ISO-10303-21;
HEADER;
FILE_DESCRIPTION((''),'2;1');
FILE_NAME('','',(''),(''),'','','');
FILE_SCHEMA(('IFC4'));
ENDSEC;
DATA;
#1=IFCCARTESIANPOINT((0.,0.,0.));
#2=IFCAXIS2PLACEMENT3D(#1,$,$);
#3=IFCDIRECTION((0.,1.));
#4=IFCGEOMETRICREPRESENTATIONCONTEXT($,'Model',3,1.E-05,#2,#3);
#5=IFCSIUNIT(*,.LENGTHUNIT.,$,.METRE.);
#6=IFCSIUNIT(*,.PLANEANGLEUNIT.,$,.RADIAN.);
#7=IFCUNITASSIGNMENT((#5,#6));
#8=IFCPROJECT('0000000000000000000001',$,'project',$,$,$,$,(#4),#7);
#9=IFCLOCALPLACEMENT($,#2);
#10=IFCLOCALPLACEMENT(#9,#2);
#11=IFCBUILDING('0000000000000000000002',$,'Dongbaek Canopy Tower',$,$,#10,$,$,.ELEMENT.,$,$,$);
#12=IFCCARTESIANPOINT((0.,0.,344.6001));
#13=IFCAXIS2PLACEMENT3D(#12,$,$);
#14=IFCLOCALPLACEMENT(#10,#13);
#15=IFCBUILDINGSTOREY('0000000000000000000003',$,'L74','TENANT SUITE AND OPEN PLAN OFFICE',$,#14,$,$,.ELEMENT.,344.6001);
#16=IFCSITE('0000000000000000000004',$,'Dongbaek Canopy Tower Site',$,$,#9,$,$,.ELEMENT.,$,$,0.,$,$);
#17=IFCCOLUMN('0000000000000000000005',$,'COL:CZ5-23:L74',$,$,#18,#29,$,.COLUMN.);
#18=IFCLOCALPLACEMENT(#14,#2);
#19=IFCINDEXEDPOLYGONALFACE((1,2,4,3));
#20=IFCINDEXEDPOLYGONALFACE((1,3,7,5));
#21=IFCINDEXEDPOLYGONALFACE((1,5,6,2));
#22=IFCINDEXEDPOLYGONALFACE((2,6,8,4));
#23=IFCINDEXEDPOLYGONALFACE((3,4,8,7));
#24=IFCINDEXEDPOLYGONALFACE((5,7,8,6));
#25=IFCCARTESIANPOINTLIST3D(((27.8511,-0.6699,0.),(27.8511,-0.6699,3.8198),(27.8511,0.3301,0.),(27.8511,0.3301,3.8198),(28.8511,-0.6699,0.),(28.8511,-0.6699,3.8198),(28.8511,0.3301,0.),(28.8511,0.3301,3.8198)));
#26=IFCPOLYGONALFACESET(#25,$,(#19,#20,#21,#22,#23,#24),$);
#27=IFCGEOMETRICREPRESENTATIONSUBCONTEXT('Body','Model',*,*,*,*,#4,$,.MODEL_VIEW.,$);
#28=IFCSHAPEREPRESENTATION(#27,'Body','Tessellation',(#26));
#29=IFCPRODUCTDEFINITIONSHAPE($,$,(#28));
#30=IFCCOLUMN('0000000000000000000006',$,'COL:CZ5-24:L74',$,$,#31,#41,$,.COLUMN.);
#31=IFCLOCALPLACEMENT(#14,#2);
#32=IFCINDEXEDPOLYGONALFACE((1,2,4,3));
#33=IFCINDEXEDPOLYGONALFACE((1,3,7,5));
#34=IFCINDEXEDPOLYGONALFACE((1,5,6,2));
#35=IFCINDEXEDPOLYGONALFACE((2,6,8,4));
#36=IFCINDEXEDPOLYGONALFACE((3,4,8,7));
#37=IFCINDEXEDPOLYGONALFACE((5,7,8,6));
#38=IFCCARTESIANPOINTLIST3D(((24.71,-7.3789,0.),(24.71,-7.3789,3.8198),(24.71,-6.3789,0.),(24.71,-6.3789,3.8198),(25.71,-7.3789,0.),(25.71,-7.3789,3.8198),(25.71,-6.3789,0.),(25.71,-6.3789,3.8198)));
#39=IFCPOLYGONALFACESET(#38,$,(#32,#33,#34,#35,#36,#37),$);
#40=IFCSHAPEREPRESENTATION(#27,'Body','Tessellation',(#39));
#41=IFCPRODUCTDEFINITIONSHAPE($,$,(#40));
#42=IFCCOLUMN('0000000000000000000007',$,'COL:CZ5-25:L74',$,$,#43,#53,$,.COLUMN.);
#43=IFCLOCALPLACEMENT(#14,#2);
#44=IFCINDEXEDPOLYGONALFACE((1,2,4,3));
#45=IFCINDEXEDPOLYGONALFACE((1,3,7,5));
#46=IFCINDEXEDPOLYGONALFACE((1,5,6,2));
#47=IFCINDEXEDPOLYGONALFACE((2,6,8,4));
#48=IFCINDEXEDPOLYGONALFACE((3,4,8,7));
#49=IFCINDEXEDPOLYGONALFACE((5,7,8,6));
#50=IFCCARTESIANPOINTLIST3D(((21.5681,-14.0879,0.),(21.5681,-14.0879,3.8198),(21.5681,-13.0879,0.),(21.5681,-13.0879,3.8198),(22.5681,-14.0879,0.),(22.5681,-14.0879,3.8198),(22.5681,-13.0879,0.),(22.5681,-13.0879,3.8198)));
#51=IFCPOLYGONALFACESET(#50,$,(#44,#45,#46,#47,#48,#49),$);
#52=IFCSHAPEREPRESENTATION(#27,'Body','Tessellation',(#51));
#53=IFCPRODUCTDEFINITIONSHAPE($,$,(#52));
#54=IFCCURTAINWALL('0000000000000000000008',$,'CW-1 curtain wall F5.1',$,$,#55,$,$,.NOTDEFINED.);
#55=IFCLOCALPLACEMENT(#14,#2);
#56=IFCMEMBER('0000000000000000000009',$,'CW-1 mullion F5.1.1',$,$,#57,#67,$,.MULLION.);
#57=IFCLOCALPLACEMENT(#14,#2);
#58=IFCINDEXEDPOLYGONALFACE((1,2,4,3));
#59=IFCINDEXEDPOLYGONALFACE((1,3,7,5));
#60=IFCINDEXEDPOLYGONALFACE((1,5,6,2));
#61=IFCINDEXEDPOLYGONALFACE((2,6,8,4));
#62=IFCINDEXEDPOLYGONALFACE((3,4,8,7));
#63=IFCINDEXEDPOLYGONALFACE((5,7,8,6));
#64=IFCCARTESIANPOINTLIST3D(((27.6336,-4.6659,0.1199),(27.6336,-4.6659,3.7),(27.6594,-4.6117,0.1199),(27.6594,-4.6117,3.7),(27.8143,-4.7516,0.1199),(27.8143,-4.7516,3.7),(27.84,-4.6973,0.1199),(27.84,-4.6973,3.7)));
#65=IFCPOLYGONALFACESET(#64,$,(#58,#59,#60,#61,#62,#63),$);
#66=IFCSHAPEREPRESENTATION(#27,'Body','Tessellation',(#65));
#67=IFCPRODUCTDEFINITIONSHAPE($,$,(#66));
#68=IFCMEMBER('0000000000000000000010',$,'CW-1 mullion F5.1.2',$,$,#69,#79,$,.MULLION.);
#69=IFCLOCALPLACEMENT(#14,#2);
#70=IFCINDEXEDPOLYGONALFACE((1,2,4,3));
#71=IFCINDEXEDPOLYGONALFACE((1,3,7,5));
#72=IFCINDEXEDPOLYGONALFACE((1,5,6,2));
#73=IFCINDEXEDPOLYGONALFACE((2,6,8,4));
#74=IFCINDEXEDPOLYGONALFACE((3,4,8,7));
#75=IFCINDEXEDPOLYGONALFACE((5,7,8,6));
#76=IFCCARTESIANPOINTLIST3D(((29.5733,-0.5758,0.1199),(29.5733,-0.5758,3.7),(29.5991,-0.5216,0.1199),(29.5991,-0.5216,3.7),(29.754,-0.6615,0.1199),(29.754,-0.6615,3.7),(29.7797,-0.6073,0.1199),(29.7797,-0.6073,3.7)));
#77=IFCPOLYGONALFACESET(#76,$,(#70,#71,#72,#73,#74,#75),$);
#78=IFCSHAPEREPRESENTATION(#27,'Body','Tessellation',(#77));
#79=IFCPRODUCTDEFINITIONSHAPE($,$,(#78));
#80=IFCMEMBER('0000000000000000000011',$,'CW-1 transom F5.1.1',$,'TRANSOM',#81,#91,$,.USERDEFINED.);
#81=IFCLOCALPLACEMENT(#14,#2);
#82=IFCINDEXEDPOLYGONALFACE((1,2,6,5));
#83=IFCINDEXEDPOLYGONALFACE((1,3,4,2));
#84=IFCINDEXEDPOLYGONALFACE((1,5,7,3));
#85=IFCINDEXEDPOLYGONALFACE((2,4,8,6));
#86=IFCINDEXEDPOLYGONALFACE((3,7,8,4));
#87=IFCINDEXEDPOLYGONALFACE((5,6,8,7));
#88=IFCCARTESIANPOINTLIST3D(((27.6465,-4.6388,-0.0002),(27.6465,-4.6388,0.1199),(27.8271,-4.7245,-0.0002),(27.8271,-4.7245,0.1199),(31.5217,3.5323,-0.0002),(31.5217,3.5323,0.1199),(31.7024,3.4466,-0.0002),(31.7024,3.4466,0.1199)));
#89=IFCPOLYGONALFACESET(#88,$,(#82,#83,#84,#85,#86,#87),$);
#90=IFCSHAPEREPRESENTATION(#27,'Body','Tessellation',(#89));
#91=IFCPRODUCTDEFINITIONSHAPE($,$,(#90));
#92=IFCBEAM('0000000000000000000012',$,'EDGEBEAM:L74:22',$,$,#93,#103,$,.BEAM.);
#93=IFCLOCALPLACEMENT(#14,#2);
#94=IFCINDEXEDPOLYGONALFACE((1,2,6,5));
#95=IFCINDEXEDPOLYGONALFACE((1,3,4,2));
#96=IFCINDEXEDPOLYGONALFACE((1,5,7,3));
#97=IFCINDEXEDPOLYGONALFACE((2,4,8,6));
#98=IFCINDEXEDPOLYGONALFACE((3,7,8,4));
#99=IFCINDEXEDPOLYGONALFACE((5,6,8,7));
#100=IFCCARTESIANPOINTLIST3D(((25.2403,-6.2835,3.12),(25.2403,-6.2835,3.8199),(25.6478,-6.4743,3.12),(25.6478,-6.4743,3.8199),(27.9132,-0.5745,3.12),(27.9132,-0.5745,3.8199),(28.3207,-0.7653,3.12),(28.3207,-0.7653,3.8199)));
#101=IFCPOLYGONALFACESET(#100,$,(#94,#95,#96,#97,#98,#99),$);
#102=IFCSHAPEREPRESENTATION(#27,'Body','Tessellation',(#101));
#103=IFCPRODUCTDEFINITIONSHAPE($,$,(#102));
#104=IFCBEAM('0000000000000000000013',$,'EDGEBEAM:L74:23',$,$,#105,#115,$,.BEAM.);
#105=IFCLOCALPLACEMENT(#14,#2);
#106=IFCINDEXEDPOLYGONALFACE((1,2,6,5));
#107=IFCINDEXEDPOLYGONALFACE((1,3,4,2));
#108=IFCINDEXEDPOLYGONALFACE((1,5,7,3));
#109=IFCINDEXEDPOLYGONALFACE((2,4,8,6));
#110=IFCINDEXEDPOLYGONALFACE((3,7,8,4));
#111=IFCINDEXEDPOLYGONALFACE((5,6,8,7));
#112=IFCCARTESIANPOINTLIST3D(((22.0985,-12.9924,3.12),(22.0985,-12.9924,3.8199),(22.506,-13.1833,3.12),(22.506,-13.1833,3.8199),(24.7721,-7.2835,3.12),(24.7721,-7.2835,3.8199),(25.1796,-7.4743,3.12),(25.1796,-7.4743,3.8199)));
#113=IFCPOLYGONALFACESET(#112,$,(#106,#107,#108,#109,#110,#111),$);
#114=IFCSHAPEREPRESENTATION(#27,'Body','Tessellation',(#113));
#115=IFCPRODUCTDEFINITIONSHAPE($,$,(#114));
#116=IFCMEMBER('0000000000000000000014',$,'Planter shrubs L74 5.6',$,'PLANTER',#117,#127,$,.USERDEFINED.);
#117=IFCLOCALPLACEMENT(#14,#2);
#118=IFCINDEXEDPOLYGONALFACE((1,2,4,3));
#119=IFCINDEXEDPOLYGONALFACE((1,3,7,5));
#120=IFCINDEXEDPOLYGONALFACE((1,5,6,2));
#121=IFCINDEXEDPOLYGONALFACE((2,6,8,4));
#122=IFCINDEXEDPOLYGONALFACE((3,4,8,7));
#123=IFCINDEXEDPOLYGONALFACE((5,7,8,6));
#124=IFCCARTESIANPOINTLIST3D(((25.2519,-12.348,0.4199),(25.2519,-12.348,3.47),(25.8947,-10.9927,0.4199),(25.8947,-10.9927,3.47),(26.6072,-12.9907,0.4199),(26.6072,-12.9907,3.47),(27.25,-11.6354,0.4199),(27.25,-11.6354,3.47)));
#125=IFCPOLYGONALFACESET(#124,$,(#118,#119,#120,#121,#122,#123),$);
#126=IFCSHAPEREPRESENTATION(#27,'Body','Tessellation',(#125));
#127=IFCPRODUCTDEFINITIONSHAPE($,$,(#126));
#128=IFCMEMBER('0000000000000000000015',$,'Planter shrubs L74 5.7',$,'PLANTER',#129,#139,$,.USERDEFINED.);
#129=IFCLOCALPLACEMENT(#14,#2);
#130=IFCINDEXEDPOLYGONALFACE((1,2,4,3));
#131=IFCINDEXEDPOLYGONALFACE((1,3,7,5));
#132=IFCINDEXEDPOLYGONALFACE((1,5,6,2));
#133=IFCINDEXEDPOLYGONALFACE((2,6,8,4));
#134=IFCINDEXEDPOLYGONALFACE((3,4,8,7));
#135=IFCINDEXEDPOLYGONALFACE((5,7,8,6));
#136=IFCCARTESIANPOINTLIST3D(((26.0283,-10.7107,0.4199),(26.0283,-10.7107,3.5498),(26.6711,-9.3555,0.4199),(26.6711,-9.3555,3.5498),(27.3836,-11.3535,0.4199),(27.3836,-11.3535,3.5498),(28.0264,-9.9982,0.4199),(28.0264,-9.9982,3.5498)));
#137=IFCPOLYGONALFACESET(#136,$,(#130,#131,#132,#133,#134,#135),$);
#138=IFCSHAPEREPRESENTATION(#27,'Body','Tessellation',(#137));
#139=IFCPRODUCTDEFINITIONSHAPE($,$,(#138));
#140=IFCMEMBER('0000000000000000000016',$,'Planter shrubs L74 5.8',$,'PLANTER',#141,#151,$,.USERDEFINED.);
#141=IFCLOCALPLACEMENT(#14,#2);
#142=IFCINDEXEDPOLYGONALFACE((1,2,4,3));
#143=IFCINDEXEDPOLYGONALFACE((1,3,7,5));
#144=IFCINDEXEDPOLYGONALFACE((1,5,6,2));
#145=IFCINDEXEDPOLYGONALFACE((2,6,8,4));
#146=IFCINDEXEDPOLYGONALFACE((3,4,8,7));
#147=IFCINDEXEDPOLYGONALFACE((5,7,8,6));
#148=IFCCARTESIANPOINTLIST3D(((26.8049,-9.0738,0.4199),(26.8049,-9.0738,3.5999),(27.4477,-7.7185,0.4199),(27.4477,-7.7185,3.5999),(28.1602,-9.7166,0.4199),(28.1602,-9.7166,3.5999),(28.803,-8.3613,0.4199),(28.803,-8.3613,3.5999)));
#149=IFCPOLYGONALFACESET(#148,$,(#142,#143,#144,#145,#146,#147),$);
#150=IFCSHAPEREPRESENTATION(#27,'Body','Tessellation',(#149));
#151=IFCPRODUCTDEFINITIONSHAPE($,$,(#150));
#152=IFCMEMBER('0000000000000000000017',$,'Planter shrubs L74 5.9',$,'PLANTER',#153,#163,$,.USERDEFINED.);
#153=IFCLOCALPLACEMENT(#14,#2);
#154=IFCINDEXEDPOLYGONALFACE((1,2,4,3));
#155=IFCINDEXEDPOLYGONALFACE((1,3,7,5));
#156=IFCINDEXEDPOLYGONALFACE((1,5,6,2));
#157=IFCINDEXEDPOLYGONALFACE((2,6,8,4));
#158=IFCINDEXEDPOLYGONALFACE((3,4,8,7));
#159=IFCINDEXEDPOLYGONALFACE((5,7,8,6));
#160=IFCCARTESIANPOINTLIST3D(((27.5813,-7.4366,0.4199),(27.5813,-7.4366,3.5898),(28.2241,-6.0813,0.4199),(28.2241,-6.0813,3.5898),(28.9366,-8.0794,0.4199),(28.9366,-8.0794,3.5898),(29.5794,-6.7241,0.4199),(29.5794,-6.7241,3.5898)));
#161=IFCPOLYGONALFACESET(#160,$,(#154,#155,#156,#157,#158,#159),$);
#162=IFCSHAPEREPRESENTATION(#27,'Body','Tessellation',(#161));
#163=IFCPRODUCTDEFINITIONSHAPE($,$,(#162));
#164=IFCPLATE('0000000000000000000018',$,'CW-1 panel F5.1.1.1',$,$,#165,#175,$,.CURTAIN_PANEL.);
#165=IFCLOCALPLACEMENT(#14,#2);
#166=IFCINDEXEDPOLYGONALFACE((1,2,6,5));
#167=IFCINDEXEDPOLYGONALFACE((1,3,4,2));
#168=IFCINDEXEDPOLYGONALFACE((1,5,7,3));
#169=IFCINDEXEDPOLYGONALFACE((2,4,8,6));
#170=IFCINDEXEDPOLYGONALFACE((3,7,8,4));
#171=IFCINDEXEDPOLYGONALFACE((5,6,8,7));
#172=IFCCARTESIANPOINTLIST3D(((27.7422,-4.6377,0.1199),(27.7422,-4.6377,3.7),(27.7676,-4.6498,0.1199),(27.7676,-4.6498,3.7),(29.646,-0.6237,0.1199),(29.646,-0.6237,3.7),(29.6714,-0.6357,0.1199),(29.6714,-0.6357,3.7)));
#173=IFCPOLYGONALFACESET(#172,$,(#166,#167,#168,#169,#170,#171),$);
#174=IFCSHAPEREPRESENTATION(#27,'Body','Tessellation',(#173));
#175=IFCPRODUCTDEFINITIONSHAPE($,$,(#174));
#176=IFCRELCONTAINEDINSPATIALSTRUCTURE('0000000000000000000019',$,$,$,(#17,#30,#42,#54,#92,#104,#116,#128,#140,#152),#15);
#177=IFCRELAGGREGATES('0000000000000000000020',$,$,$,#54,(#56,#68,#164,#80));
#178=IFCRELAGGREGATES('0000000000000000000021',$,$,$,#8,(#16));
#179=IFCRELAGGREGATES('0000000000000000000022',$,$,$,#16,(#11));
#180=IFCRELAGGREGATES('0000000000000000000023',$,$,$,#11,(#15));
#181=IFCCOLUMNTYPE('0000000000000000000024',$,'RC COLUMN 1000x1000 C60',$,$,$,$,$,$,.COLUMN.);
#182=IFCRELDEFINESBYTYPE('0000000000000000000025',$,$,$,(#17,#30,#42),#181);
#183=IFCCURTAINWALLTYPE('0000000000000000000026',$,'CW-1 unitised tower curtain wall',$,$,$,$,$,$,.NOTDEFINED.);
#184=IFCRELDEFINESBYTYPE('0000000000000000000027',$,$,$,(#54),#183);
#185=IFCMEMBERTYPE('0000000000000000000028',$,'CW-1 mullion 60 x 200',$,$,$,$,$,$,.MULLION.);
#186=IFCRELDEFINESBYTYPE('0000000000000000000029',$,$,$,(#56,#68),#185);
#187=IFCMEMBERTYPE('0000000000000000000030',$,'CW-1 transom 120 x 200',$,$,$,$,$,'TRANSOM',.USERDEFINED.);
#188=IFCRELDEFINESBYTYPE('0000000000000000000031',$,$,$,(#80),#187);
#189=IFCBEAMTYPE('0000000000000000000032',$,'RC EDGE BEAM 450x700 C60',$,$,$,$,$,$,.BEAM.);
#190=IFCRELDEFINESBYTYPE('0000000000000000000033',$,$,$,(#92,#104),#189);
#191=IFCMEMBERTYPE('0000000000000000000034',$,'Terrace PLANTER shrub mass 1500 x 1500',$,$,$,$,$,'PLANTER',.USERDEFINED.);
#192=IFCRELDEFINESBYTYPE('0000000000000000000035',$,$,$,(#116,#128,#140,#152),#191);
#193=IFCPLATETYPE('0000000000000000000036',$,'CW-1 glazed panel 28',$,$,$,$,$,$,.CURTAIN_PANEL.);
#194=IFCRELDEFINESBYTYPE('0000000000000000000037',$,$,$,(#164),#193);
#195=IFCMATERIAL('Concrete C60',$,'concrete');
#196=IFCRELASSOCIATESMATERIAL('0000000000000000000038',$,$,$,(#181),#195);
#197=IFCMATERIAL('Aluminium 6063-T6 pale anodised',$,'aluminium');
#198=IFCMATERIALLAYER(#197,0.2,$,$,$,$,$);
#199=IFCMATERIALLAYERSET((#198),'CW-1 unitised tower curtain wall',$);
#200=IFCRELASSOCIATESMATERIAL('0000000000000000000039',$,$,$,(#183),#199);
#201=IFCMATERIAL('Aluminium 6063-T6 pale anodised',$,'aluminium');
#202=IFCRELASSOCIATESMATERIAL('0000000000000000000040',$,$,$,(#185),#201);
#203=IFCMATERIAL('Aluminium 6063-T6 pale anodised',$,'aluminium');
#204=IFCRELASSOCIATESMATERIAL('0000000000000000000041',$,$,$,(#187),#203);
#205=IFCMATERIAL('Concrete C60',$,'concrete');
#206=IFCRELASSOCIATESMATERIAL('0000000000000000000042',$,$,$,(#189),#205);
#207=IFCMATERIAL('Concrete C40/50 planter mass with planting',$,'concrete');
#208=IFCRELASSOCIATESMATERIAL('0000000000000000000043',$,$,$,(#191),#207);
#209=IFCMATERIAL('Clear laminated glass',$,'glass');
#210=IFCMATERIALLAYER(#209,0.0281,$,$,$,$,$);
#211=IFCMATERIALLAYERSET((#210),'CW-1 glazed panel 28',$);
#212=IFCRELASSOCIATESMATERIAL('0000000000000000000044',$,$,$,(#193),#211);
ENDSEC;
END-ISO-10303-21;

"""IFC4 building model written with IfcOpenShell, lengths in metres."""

from ifc_helpers import new_model, si_unit, direction, frame, origin, origin_2d, place, context, subcontext, project, spatial, rectangle, extrude, material, layer, layer_set, material_profile, profile_set, type_object, element, aggregate, save


model = new_model("IFC4")

# Units and contexts
model_context = context("Model", 3, precision=1e-05, world=origin(), true_north=direction((0.0, 1.0)))
body_context = subcontext(model_context, "Body", "Model", "MODEL_VIEW")
ifc_project = project(units=[si_unit("LENGTHUNIT", "METRE"), si_unit("PLANEANGLEUNIT", "RADIAN")], contexts=[model_context])

# Site, building, storey
site_placement = place(None, origin())
site = spatial("IfcSite", under=ifc_project, at=site_placement, Name="Dongbaek Canopy Tower Site", CompositionType="ELEMENT", RefElevation=0.0)
building_placement = place(site_placement, origin())
building = spatial("IfcBuilding", under=site, at=building_placement, Name="Dongbaek Canopy Tower", CompositionType="ELEMENT")
storey_placement = place(building_placement, frame((0.0, 0.0, 344.6001)))
storey = spatial("IfcBuildingStorey", under=building, at=storey_placement, Name="L74", Description="TENANT SUITE AND OPEN PLAN OFFICE", CompositionType="ELEMENT", Elevation=344.6001)

# Columns
ifc_material_1 = material(Name="Concrete C60", Category="concrete")
ifc_material_profile_1 = material_profile(ifc_material_1, rectangle(XDim=1.0, YDim=1.0, at=origin_2d()), Name="RC COLUMN 1000x1000 C60")
ifc_profile_set_1 = profile_set([ifc_material_profile_1], Name="Concrete C60")
column_type = type_object("IfcColumnType", Name="RC COLUMN 1000x1000 C60", PredefinedType="COLUMN", material=ifc_profile_set_1)
for number, where, z_axis, x_axis, name in (
    (1, (28.3511, -0.1699, 0.0), (0.0, 0.0, 1.0), (1.0, 0.0, 0.0), "COL:CZ5-23:L74"),
    (2, (25.21, -6.8789, 0.0), (0.0, 0.0, 1.0), (1.0, 0.0, 0.0), "COL:CZ5-24:L74"),
    (3, (22.0681, -13.5879, 0.0), (0.0, 0.0, 1.0), (1.0, 0.0, 0.0), "COL:CZ5-25:L74"),
):
    element("IfcColumn", number, at=place(storey_placement, frame(where, z_axis=z_axis, x_axis=x_axis)), inside=storey, type_object=column_type, Name=name, PredefinedType="COLUMN", context=body_context, shape_type="SweptSolid", body=[
        extrude(rectangle(XDim=1.0, YDim=1.0, at=origin_2d()), origin(), (0.0, 0.0, 1.0), 3.8198),
    ])

# Curtain wall, members
ifc_material_2 = material(Name="Aluminium 6063-T6 pale anodised", Category="aluminium")
ifc_layer_1 = layer(ifc_material_2, 0.2)
ifc_layer_set_1 = layer_set([ifc_layer_1], Name="CW-1 unitised tower curtain wall")
curtain_wall_type = type_object("IfcCurtainWallType", Name="CW-1 unitised tower curtain wall", PredefinedType="NOTDEFINED", material=ifc_layer_set_1)
curtain_wall_placement = place(storey_placement, origin())
curtain_wall = element("IfcCurtainWall", 4, at=curtain_wall_placement, inside=storey, type_object=curtain_wall_type, Name="CW-1 curtain wall F5.1", PredefinedType="NOTDEFINED")
ifc_material_3 = material(Name="Aluminium 6063-T6 pale anodised", Category="aluminium")
ifc_material_profile_2 = material_profile(ifc_material_3, rectangle(XDim=0.2, YDim=0.0601, at=origin_2d()), Name="CW-1 mullion 60 x 200")
ifc_profile_set_2 = profile_set([ifc_material_profile_2], Name="Aluminium 6063-T6 pale anodised")
member_type_1 = type_object("IfcMemberType", Name="CW-1 mullion 60 x 200", PredefinedType="MULLION", material=ifc_profile_set_2)
member_1_placement = place(storey_placement, frame((27.7368, -4.6816, 0.1199), z_axis=(0.0, 0.0, 1.0), x_axis=(0.903531, -0.428522, 0.0)))
member_1 = element("IfcMember", 5, at=member_1_placement, type_object=member_type_1, Name="CW-1 mullion F5.1.1", PredefinedType="MULLION", context=body_context, shape_type="SweptSolid", body=[
    extrude(rectangle(XDim=0.2, YDim=0.0601, at=origin_2d()), origin(), (0.0, 0.0, 1.0), 3.5801),
])
member_2_placement = place(storey_placement, frame((29.6765, -0.5916, 0.1199), z_axis=(0.0, 0.0, 1.0), x_axis=(0.903531, -0.428522, 0.0)))
member_2 = element("IfcMember", 6, at=member_2_placement, type_object=member_type_1, Name="CW-1 mullion F5.1.2", PredefinedType="MULLION", context=body_context, shape_type="SweptSolid", body=[
    extrude(rectangle(XDim=0.2, YDim=0.0601, at=origin_2d()), origin(), (0.0, 0.0, 1.0), 3.5801),
])
ifc_material_4 = material(Name="Aluminium 6063-T6 pale anodised", Category="aluminium")
ifc_material_profile_3 = material_profile(ifc_material_4, rectangle(XDim=0.2, YDim=0.1201, at=origin_2d()), Name="CW-1 transom 120 x 200")
ifc_profile_set_3 = profile_set([ifc_material_profile_3], Name="Aluminium 6063-T6 pale anodised")
member_type_2 = type_object("IfcMemberType", Name="CW-1 transom 120 x 200", ElementType="TRANSOM", PredefinedType="USERDEFINED", material=ifc_profile_set_3)
member_3_placement = place(storey_placement, frame((27.7368, -4.6816, 0.0598), z_axis=(0.428511, 0.903537, 0.0), x_axis=(-0.903537, 0.428511, 0.0)))
member_3 = element("IfcMember", 7, at=member_3_placement, type_object=member_type_2, Name="CW-1 transom F5.1.1", ObjectType="TRANSOM", PredefinedType="USERDEFINED", context=body_context, shape_type="SweptSolid", body=[
    extrude(rectangle(XDim=0.2, YDim=0.1201, at=origin_2d()), origin(), (0.0, 0.0, 1.0), 9.0435),
])

# Beams
ifc_material_5 = material(Name="Concrete C60", Category="concrete")
ifc_material_profile_4 = material_profile(ifc_material_5, rectangle(XDim=0.45, YDim=0.7, at=origin_2d()), Name="RC EDGE BEAM 450x700 C60")
ifc_profile_set_4 = profile_set([ifc_material_profile_4], Name="Concrete C60")
beam_type = type_object("IfcBeamType", Name="RC EDGE BEAM 450x700 C60", PredefinedType="BEAM", material=ifc_profile_set_4)
beam_1_placement = place(storey_placement, frame((28.1169, -0.6699, 3.47), z_axis=(-0.424013, -0.905656, 0.0), x_axis=(0.905656, -0.424013, 0.0)))
element("IfcBeam", 8, at=beam_1_placement, inside=storey, type_object=beam_type, Name="EDGEBEAM:L74:22", PredefinedType="BEAM", context=body_context, shape_type="SweptSolid", body=[
    extrude(rectangle(XDim=0.45, YDim=0.7, at=origin_2d()), origin(), (0.0, 0.0, 1.0), 6.3037),
])
beam_2_placement = place(storey_placement, frame((24.9758, -7.3789, 3.47), z_axis=(-0.424108, -0.905611, 0.0), x_axis=(0.905611, -0.424108, 0.0)))
element("IfcBeam", 9, at=beam_2_placement, inside=storey, type_object=beam_type, Name="EDGEBEAM:L74:23", PredefinedType="BEAM", context=body_context, shape_type="SweptSolid", body=[
    extrude(rectangle(XDim=0.45, YDim=0.7, at=origin_2d()), origin(), (0.0, 0.0, 1.0), 6.304),
])

# Members
ifc_material_6 = material(Name="Concrete C40/50 planter mass with planting", Category="concrete")
ifc_material_profile_5 = material_profile(ifc_material_6, rectangle(XDim=1.5, YDim=1.5, at=origin_2d()), Name="Terrace PLANTER shrub mass 1500 x 1500")
ifc_profile_set_5 = profile_set([ifc_material_profile_5], Name="Concrete C40/50 planter mass with planting")
member_type_3 = type_object("IfcMemberType", Name="Terrace PLANTER shrub mass 1500 x 1500", ElementType="PLANTER", PredefinedType="USERDEFINED", material=ifc_profile_set_5)
member_4_placement = place(storey_placement, frame((26.251, -11.9917, 0.4199), z_axis=(0.0, 0.0, 1.0), x_axis=(0.903531, -0.428522, 0.0)))
element("IfcMember", 10, at=member_4_placement, inside=storey, type_object=member_type_3, Name="Planter shrubs L74 5.6", ObjectType="PLANTER", PredefinedType="USERDEFINED", context=body_context, shape_type="SweptSolid", body=[
    extrude(rectangle(XDim=1.5, YDim=1.5, at=origin_2d()), origin(), (0.0, 0.0, 1.0), 3.05),
])
member_5_placement = place(storey_placement, frame((27.0273, -10.3545, 0.4199), z_axis=(0.0, 0.0, 1.0), x_axis=(0.903531, -0.428522, 0.0)))
element("IfcMember", 11, at=member_5_placement, inside=storey, type_object=member_type_3, Name="Planter shrubs L74 5.7", ObjectType="PLANTER", PredefinedType="USERDEFINED", context=body_context, shape_type="SweptSolid", body=[
    extrude(rectangle(XDim=1.5, YDim=1.5, at=origin_2d()), origin(), (0.0, 0.0, 1.0), 3.1299),
])
member_6_placement = place(storey_placement, frame((27.804, -8.7175, 0.4199), z_axis=(0.0, 0.0, 1.0), x_axis=(0.903531, -0.428522, 0.0)))
element("IfcMember", 12, at=member_6_placement, inside=storey, type_object=member_type_3, Name="Planter shrubs L74 5.8", ObjectType="PLANTER", PredefinedType="USERDEFINED", context=body_context, shape_type="SweptSolid", body=[
    extrude(rectangle(XDim=1.5, YDim=1.5, at=origin_2d()), origin(), (0.0, 0.0, 1.0), 3.1799),
])
member_7_placement = place(storey_placement, frame((28.5803, -7.0803, 0.4199), z_axis=(0.0, 0.0, 1.0), x_axis=(0.903531, -0.428522, 0.0)))
element("IfcMember", 13, at=member_7_placement, inside=storey, type_object=member_type_3, Name="Planter shrubs L74 5.9", ObjectType="PLANTER", PredefinedType="USERDEFINED", context=body_context, shape_type="SweptSolid", body=[
    extrude(rectangle(XDim=1.5, YDim=1.5, at=origin_2d()), origin(), (0.0, 0.0, 1.0), 3.1699),
])

# Plate
ifc_material_7 = material(Name="Clear laminated glass", Category="glass")
ifc_layer_2 = layer(ifc_material_7, 0.0281)
ifc_layer_set_2 = layer_set([ifc_layer_2], Name="CW-1 glazed panel 28")
plate_type = type_object("IfcPlateType", Name="CW-1 glazed panel 28", PredefinedType="CURTAIN_PANEL", material=ifc_layer_set_2)
plate_placement = place(storey_placement, frame((28.7068, -2.6367, 0.1199), z_axis=(0.0, 0.0, 1.0), x_axis=(0.428522, 0.903531, 0.0)))
plate = element("IfcPlate", 14, at=plate_placement, type_object=plate_type, Name="CW-1 panel F5.1.1.1", PredefinedType="CURTAIN_PANEL", context=body_context, shape_type="SweptSolid", body=[
    extrude(rectangle(XDim=4.4426, YDim=0.0281, at=origin_2d()), origin(), (0.0, 0.0, 1.0), 3.5801),
])

aggregate(curtain_wall, [member_1, member_2, plate, member_3])

save(model, "model.ifc")
